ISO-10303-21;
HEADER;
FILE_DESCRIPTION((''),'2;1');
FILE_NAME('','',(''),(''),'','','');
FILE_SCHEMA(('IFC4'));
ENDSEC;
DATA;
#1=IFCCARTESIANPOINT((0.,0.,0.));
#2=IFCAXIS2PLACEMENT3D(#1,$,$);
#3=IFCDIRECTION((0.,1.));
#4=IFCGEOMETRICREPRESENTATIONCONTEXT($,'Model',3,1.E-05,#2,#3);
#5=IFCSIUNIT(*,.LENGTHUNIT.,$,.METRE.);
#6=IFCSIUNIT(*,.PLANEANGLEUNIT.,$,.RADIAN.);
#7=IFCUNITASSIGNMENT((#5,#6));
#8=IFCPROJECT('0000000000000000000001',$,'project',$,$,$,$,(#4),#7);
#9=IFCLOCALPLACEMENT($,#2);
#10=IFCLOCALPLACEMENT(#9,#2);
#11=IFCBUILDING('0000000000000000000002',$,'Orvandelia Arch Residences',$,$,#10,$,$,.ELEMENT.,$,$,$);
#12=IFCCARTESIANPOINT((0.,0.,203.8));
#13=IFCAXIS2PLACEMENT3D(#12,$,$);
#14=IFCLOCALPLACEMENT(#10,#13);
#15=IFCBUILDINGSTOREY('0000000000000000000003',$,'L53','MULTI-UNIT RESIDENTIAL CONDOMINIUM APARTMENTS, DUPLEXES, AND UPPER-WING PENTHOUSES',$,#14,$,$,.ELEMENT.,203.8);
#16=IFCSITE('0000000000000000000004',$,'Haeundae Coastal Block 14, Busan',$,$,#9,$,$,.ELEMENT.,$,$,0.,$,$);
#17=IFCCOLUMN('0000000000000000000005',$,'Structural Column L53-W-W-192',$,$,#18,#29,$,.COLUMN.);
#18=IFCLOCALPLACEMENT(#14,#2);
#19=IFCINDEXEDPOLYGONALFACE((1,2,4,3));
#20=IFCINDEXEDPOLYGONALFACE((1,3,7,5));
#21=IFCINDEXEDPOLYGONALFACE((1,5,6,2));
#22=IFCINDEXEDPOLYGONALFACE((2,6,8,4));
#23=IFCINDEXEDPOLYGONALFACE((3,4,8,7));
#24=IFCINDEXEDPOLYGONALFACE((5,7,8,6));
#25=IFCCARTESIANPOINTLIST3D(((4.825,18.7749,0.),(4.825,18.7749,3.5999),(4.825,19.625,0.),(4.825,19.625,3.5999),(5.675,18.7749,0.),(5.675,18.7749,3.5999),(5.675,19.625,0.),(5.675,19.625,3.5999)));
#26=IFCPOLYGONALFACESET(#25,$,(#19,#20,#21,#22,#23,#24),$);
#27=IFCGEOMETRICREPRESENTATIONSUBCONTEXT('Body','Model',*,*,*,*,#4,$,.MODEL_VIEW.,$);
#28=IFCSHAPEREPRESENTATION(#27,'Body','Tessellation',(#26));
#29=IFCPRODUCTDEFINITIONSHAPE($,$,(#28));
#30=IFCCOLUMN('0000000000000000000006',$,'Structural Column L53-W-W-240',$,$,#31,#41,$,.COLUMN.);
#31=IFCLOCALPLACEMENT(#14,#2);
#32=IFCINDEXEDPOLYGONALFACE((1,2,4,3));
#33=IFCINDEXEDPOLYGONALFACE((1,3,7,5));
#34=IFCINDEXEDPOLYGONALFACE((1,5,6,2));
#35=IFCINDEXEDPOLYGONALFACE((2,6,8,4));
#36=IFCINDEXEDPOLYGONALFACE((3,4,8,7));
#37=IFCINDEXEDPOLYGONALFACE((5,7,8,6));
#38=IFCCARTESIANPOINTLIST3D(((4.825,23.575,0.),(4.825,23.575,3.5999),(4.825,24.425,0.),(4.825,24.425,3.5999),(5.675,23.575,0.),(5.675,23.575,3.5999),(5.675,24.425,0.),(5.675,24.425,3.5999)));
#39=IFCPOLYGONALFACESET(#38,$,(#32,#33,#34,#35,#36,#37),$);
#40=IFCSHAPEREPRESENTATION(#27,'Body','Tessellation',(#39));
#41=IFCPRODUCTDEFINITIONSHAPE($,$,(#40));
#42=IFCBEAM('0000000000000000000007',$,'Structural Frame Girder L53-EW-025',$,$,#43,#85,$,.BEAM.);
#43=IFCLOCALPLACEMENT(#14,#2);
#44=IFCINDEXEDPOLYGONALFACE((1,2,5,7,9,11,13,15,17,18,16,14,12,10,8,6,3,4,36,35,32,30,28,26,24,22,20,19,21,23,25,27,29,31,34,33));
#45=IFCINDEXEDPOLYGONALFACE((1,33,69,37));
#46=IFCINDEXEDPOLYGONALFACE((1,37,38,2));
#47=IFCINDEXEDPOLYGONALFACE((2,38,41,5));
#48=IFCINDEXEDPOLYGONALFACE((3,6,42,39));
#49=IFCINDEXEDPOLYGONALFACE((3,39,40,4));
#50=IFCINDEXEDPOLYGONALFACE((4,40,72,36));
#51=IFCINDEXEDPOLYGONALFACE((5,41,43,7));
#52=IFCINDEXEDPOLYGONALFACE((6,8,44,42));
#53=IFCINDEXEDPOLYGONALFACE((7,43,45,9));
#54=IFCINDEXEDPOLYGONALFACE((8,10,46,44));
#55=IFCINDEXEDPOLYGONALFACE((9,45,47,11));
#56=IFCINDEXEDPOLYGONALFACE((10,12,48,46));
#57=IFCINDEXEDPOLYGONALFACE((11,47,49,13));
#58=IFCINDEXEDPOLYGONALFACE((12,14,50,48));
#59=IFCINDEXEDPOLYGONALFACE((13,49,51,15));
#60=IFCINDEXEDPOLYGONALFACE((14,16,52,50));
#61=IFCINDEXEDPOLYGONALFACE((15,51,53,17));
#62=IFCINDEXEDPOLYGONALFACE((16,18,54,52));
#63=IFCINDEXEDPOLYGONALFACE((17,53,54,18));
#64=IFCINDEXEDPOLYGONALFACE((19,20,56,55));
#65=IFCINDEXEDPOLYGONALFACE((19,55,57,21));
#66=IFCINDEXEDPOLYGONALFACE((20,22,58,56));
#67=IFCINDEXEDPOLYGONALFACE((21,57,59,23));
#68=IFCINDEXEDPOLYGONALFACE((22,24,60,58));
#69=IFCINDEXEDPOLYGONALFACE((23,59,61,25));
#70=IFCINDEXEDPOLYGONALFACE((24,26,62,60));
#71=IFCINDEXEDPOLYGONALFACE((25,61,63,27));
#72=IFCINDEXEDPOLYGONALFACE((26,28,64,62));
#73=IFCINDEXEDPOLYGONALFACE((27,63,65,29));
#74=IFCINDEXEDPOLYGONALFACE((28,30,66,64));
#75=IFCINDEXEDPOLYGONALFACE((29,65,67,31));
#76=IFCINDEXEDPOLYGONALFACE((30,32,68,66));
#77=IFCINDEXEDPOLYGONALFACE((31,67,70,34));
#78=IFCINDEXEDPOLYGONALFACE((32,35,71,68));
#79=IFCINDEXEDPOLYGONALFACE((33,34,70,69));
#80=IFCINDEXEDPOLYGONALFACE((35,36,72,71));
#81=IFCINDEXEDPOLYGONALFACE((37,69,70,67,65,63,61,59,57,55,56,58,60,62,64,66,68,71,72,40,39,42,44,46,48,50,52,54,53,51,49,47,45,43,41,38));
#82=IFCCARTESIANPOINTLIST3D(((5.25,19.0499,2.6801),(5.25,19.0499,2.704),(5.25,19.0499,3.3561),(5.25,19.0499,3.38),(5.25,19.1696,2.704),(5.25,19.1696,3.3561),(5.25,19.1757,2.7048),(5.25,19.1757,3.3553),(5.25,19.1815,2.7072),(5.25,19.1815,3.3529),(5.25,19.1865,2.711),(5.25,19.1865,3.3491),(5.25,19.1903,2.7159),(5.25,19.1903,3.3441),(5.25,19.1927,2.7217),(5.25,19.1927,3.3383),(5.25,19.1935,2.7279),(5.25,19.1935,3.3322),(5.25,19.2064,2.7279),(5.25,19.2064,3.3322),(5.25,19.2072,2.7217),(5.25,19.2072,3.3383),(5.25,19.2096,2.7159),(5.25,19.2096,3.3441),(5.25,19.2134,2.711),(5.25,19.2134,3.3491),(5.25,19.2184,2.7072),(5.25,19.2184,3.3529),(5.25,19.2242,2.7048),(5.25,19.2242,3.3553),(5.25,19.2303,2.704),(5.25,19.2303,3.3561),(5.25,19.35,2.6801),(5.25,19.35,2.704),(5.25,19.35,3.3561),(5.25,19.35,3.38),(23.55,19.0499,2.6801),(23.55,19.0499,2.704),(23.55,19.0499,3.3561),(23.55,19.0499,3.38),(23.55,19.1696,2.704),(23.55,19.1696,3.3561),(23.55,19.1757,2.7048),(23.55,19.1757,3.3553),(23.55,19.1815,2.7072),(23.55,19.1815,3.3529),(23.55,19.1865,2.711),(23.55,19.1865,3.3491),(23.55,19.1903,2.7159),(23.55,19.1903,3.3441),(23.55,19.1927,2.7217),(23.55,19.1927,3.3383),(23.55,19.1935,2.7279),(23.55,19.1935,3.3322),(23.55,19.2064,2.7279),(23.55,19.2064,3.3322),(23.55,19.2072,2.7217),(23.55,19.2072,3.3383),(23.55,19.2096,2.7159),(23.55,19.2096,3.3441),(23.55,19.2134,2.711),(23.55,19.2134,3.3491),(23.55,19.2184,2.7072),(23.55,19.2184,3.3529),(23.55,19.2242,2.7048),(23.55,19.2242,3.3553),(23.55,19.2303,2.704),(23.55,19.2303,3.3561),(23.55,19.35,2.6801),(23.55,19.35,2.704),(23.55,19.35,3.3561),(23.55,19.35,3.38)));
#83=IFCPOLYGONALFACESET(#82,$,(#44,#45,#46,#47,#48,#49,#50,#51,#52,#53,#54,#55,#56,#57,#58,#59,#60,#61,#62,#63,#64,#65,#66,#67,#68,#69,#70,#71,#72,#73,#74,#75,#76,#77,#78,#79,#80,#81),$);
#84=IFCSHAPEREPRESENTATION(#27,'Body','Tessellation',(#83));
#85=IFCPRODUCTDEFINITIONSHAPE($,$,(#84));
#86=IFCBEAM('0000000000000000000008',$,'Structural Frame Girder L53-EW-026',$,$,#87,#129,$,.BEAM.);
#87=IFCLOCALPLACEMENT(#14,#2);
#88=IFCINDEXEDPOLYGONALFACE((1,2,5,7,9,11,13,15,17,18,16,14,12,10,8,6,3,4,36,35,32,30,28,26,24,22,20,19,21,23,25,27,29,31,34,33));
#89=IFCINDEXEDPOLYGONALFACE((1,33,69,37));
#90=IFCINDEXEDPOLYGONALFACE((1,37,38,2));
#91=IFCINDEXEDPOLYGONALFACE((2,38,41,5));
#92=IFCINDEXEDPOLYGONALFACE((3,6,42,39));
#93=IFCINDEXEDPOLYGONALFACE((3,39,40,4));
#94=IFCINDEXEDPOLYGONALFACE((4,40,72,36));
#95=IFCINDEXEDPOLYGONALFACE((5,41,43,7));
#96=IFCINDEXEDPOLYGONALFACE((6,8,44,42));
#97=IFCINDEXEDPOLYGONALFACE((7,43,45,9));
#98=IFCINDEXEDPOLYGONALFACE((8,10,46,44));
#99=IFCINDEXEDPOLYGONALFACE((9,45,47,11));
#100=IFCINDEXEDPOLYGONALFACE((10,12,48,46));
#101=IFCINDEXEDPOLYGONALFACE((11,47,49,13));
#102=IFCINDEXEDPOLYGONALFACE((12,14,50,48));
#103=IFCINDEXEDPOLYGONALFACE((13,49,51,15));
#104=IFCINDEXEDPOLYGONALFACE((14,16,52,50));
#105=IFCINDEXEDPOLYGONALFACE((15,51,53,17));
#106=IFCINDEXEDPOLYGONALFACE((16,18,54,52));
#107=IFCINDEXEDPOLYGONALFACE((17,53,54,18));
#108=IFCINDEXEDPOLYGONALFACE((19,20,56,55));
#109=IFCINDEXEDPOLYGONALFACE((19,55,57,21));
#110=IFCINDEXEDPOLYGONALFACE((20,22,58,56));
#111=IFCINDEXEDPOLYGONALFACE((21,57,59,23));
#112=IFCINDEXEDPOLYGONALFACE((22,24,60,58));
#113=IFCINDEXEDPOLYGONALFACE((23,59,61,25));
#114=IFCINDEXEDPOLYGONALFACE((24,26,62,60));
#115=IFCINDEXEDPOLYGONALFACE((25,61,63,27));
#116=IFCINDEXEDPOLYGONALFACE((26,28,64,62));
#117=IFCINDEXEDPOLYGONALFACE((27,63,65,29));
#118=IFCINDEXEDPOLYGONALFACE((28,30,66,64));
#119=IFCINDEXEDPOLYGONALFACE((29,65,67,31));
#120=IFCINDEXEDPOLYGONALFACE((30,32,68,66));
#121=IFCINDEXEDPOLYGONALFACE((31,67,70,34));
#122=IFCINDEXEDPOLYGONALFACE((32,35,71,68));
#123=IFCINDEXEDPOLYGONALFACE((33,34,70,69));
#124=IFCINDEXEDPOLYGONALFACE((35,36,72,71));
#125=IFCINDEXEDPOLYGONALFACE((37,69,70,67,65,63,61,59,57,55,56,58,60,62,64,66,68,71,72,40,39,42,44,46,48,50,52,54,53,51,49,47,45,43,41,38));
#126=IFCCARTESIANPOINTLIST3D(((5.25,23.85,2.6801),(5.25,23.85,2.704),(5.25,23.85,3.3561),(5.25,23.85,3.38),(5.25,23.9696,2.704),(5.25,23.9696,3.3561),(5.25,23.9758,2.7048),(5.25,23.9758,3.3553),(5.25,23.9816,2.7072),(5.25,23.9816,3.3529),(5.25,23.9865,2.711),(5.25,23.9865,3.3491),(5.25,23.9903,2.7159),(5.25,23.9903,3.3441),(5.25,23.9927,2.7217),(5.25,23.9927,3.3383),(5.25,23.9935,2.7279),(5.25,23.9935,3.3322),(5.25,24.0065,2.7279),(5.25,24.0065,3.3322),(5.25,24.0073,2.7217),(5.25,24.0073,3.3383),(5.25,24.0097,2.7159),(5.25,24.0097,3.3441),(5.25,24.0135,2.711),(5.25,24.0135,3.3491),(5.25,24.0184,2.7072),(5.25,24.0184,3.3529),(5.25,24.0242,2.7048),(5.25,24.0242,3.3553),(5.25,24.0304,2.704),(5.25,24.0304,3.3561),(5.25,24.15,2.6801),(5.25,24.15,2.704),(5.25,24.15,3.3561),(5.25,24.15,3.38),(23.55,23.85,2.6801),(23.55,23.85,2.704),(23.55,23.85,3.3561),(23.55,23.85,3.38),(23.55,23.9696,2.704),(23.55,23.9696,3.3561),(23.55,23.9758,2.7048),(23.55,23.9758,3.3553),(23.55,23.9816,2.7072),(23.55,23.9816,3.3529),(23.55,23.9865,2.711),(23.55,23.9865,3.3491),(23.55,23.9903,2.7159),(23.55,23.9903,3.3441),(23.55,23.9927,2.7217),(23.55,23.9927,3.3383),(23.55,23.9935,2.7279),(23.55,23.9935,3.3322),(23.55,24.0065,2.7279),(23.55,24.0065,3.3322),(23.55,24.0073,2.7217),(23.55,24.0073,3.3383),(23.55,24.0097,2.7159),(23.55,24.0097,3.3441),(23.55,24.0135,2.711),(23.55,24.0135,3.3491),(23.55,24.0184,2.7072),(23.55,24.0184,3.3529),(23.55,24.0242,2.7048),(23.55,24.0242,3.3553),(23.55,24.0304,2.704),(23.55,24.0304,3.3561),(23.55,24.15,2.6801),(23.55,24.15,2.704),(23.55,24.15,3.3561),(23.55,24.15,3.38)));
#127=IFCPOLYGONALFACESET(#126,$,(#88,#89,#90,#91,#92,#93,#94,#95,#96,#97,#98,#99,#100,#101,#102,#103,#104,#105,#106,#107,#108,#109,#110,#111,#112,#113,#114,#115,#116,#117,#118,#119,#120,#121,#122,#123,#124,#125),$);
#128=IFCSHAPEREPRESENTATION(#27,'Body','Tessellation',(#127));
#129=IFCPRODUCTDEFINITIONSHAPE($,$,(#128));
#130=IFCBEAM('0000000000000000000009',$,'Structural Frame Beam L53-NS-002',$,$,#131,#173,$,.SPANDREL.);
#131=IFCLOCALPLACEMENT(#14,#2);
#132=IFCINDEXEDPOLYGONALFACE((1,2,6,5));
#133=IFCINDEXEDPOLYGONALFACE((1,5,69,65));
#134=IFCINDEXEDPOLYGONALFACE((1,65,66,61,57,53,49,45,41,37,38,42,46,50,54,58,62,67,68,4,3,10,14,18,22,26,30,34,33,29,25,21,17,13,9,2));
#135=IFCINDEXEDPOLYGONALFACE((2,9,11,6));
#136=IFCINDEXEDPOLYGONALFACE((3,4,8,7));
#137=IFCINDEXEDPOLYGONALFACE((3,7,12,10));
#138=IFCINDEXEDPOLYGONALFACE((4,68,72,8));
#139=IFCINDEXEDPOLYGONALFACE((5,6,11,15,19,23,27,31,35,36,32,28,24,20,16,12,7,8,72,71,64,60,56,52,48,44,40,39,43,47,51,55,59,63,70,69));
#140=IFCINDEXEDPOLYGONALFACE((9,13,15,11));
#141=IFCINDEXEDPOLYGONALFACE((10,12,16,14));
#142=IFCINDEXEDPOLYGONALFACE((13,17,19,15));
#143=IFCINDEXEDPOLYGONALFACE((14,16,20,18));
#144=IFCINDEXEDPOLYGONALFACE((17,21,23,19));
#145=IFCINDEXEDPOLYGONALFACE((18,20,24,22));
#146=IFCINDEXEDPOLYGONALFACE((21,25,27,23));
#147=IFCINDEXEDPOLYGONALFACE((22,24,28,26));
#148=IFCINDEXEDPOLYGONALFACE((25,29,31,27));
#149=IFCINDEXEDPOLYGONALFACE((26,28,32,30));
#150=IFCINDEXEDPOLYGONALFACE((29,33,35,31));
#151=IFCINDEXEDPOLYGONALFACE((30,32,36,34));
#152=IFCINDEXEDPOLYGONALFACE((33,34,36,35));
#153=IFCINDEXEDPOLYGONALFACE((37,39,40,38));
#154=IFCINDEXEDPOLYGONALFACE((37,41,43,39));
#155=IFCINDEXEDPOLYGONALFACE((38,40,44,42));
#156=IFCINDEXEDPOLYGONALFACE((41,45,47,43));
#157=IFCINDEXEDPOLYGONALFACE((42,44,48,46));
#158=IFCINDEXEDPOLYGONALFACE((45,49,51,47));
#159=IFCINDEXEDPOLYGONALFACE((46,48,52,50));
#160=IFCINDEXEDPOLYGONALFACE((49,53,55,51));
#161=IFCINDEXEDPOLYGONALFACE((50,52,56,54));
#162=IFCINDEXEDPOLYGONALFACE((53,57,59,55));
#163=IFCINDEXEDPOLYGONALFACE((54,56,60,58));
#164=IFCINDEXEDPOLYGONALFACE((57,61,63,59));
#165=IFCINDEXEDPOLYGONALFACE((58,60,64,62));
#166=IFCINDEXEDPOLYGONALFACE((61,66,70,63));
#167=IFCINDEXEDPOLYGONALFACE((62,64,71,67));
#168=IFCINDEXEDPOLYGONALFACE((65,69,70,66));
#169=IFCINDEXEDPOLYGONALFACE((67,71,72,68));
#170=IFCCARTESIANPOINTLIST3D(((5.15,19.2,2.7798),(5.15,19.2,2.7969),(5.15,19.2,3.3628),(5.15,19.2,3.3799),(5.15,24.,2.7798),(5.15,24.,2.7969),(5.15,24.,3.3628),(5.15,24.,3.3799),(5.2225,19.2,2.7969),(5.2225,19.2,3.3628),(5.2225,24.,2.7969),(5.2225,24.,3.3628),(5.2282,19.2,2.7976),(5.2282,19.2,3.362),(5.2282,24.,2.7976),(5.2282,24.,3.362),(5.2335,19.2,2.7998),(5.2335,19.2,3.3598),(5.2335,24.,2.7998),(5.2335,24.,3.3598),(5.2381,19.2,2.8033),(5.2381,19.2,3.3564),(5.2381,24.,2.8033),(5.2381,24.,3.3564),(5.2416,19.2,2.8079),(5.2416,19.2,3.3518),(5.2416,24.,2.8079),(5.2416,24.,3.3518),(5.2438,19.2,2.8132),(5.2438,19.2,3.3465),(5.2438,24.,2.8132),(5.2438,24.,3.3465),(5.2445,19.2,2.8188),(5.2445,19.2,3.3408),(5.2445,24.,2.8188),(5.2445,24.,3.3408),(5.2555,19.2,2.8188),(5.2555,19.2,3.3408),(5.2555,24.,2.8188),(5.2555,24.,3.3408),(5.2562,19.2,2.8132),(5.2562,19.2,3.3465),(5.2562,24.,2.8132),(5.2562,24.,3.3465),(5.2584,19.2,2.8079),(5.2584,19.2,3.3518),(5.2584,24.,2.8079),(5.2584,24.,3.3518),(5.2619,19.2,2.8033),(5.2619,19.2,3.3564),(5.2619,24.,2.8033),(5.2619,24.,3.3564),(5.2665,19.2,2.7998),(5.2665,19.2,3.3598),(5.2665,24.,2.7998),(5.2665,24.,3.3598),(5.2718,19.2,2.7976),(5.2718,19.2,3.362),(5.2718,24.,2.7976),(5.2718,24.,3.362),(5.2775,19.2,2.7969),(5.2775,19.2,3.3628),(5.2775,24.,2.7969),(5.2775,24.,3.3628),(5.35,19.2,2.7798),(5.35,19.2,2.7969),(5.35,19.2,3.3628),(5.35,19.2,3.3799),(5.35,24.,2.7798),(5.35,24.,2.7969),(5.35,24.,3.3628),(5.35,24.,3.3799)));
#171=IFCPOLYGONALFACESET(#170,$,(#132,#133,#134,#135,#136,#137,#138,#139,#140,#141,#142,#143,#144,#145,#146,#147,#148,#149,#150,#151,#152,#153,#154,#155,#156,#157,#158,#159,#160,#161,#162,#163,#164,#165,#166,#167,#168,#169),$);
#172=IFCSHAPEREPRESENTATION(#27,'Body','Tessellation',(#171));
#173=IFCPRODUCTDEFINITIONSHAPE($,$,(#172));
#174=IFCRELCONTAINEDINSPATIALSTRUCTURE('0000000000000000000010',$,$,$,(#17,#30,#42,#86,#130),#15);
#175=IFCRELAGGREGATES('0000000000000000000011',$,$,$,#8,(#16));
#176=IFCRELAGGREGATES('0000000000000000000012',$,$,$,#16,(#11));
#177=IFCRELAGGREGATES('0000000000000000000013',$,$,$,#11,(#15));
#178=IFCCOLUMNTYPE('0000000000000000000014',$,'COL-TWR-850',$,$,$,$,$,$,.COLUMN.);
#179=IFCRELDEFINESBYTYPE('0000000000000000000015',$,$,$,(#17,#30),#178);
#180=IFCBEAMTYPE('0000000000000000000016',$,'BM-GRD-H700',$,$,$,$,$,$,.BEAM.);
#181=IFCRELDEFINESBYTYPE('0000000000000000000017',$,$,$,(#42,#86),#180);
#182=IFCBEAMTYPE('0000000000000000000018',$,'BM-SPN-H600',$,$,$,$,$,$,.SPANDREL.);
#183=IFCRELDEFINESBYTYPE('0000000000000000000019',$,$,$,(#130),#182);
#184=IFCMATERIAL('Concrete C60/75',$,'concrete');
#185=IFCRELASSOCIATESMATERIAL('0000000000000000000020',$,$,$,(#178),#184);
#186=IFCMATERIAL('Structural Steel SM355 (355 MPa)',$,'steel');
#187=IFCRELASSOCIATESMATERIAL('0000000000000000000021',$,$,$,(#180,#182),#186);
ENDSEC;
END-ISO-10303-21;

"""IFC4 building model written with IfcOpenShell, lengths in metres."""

from ifc_helpers import new_model, si_unit, direction, frame, origin, origin_2d, place, context, subcontext, project, spatial, rectangle, i_section, extrude, material, material_profile, profile_set, type_object, element, save


model = new_model("IFC4")

# Units and contexts
model_context = context("Model", 3, precision=1e-05, world=origin(), true_north=direction((0.0, 1.0)))
body_context = subcontext(model_context, "Body", "Model", "MODEL_VIEW")
ifc_project = project(units=[si_unit("LENGTHUNIT", "METRE"), si_unit("PLANEANGLEUNIT", "RADIAN")], contexts=[model_context])

# Site, building, storey
site_placement = place(None, origin())
site = spatial("IfcSite", under=ifc_project, at=site_placement, Name="Haeundae Coastal Block 14, Busan", CompositionType="ELEMENT", RefElevation=0.0)
building_placement = place(site_placement, origin())
building = spatial("IfcBuilding", under=site, at=building_placement, Name="Orvandelia Arch Residences", CompositionType="ELEMENT")
storey_placement = place(building_placement, frame((0.0, 0.0, 203.8)))
storey = spatial("IfcBuildingStorey", under=building, at=storey_placement, Name="L53", Description="MULTI-UNIT RESIDENTIAL CONDOMINIUM APARTMENTS, DUPLEXES, AND UPPER-WING PENTHOUSES", CompositionType="ELEMENT", Elevation=203.8)

# Columns
ifc_material_1 = material(Name="Concrete C60/75", Category="concrete")
ifc_material_profile_1 = material_profile(ifc_material_1, rectangle(XDim=0.8501, YDim=0.8501, at=origin_2d()), Name="Concrete C60/75", Category="concrete")
ifc_profile_set_1 = profile_set([ifc_material_profile_1], Name="Concrete C60/75")
column_type = type_object("IfcColumnType", Name="COL-TWR-850", PredefinedType="COLUMN", material=ifc_profile_set_1)
for number, where, z_axis, x_axis, name in (
    (1, (5.25, 19.2, 0.0), (0.0, 0.0, 1.0), (1.0, 0.0, 0.0), "Structural Column L53-W-W-192"),
    (2, (5.25, 24.0, 0.0), (0.0, 0.0, 1.0), (1.0, 0.0, 0.0), "Structural Column L53-W-W-240"),
):
    element("IfcColumn", number, at=place(storey_placement, frame(where, z_axis=z_axis, x_axis=x_axis)), inside=storey, type_object=column_type, Name=name, PredefinedType="COLUMN", context=body_context, shape_type="SweptSolid", body=[
        extrude(rectangle(XDim=0.8501, YDim=0.8501, at=origin_2d()), origin(), (0.0, 0.0, 1.0), 3.5999),
    ])

# Beams
ifc_material_2 = material(Name="Structural Steel SM355 (355 MPa)", Category="steel")
ifc_material_profile_2 = material_profile(ifc_material_2, i_section(OverallWidth=0.3, OverallDepth=0.7, WebThickness=0.0129, FlangeThickness=0.0239, FilletRadius=0.0239, at=origin_2d()), Name="Structural Steel SM355 (355 MPa)", Category="steel")
ifc_profile_set_2 = profile_set([ifc_material_profile_2], Name="Structural Steel SM355 (355 MPa)")
beam_type_1 = type_object("IfcBeamType", Name="BM-GRD-H700", PredefinedType="BEAM", material=ifc_profile_set_2)
for number, where, z_axis, x_axis, name in (
    (3, (5.25, 19.2, 3.03), (1.0, 0.0, 0.0), (0.0, 1.0, 0.0), "Structural Frame Girder L53-EW-025"),
    (4, (5.25, 24.0, 3.03), (1.0, 0.0, 0.0), (0.0, 1.0, 0.0), "Structural Frame Girder L53-EW-026"),
):
    element("IfcBeam", number, at=place(storey_placement, frame(where, z_axis=z_axis, x_axis=x_axis)), inside=storey, type_object=beam_type_1, Name=name, PredefinedType="BEAM", context=body_context, shape_type="SweptSolid", body=[
        extrude(i_section(OverallWidth=0.3, OverallDepth=0.7, WebThickness=0.0129, FlangeThickness=0.0239, FilletRadius=0.0239, at=origin_2d()), origin(), (0.0, 0.0, 1.0), 18.3),
    ])
ifc_material_profile_3 = material_profile(ifc_material_2, i_section(OverallWidth=0.2, OverallDepth=0.6001, WebThickness=0.011, FlangeThickness=0.0171, FilletRadius=0.022, at=origin_2d()), Name="Structural Steel SM355 (355 MPa)", Category="steel")
ifc_profile_set_3 = profile_set([ifc_material_profile_3], Name="Structural Steel SM355 (355 MPa)")
beam_type_2 = type_object("IfcBeamType", Name="BM-SPN-H600", PredefinedType="SPANDREL", material=ifc_profile_set_3)
beam_1_placement = place(storey_placement, frame((5.25, 19.2, 3.0798), z_axis=(0.0, 1.0, 0.0), x_axis=(-1.0, 0.0, 0.0)))
element("IfcBeam", 5, at=beam_1_placement, inside=storey, type_object=beam_type_2, Name="Structural Frame Beam L53-NS-002", PredefinedType="SPANDREL", context=body_context, shape_type="SweptSolid", body=[
    extrude(i_section(OverallWidth=0.2, OverallDepth=0.6001, WebThickness=0.011, FlangeThickness=0.0171, FilletRadius=0.022, at=origin_2d()), origin(), (0.0, 0.0, 1.0), 4.8),
])

save(model, "model.ifc")
